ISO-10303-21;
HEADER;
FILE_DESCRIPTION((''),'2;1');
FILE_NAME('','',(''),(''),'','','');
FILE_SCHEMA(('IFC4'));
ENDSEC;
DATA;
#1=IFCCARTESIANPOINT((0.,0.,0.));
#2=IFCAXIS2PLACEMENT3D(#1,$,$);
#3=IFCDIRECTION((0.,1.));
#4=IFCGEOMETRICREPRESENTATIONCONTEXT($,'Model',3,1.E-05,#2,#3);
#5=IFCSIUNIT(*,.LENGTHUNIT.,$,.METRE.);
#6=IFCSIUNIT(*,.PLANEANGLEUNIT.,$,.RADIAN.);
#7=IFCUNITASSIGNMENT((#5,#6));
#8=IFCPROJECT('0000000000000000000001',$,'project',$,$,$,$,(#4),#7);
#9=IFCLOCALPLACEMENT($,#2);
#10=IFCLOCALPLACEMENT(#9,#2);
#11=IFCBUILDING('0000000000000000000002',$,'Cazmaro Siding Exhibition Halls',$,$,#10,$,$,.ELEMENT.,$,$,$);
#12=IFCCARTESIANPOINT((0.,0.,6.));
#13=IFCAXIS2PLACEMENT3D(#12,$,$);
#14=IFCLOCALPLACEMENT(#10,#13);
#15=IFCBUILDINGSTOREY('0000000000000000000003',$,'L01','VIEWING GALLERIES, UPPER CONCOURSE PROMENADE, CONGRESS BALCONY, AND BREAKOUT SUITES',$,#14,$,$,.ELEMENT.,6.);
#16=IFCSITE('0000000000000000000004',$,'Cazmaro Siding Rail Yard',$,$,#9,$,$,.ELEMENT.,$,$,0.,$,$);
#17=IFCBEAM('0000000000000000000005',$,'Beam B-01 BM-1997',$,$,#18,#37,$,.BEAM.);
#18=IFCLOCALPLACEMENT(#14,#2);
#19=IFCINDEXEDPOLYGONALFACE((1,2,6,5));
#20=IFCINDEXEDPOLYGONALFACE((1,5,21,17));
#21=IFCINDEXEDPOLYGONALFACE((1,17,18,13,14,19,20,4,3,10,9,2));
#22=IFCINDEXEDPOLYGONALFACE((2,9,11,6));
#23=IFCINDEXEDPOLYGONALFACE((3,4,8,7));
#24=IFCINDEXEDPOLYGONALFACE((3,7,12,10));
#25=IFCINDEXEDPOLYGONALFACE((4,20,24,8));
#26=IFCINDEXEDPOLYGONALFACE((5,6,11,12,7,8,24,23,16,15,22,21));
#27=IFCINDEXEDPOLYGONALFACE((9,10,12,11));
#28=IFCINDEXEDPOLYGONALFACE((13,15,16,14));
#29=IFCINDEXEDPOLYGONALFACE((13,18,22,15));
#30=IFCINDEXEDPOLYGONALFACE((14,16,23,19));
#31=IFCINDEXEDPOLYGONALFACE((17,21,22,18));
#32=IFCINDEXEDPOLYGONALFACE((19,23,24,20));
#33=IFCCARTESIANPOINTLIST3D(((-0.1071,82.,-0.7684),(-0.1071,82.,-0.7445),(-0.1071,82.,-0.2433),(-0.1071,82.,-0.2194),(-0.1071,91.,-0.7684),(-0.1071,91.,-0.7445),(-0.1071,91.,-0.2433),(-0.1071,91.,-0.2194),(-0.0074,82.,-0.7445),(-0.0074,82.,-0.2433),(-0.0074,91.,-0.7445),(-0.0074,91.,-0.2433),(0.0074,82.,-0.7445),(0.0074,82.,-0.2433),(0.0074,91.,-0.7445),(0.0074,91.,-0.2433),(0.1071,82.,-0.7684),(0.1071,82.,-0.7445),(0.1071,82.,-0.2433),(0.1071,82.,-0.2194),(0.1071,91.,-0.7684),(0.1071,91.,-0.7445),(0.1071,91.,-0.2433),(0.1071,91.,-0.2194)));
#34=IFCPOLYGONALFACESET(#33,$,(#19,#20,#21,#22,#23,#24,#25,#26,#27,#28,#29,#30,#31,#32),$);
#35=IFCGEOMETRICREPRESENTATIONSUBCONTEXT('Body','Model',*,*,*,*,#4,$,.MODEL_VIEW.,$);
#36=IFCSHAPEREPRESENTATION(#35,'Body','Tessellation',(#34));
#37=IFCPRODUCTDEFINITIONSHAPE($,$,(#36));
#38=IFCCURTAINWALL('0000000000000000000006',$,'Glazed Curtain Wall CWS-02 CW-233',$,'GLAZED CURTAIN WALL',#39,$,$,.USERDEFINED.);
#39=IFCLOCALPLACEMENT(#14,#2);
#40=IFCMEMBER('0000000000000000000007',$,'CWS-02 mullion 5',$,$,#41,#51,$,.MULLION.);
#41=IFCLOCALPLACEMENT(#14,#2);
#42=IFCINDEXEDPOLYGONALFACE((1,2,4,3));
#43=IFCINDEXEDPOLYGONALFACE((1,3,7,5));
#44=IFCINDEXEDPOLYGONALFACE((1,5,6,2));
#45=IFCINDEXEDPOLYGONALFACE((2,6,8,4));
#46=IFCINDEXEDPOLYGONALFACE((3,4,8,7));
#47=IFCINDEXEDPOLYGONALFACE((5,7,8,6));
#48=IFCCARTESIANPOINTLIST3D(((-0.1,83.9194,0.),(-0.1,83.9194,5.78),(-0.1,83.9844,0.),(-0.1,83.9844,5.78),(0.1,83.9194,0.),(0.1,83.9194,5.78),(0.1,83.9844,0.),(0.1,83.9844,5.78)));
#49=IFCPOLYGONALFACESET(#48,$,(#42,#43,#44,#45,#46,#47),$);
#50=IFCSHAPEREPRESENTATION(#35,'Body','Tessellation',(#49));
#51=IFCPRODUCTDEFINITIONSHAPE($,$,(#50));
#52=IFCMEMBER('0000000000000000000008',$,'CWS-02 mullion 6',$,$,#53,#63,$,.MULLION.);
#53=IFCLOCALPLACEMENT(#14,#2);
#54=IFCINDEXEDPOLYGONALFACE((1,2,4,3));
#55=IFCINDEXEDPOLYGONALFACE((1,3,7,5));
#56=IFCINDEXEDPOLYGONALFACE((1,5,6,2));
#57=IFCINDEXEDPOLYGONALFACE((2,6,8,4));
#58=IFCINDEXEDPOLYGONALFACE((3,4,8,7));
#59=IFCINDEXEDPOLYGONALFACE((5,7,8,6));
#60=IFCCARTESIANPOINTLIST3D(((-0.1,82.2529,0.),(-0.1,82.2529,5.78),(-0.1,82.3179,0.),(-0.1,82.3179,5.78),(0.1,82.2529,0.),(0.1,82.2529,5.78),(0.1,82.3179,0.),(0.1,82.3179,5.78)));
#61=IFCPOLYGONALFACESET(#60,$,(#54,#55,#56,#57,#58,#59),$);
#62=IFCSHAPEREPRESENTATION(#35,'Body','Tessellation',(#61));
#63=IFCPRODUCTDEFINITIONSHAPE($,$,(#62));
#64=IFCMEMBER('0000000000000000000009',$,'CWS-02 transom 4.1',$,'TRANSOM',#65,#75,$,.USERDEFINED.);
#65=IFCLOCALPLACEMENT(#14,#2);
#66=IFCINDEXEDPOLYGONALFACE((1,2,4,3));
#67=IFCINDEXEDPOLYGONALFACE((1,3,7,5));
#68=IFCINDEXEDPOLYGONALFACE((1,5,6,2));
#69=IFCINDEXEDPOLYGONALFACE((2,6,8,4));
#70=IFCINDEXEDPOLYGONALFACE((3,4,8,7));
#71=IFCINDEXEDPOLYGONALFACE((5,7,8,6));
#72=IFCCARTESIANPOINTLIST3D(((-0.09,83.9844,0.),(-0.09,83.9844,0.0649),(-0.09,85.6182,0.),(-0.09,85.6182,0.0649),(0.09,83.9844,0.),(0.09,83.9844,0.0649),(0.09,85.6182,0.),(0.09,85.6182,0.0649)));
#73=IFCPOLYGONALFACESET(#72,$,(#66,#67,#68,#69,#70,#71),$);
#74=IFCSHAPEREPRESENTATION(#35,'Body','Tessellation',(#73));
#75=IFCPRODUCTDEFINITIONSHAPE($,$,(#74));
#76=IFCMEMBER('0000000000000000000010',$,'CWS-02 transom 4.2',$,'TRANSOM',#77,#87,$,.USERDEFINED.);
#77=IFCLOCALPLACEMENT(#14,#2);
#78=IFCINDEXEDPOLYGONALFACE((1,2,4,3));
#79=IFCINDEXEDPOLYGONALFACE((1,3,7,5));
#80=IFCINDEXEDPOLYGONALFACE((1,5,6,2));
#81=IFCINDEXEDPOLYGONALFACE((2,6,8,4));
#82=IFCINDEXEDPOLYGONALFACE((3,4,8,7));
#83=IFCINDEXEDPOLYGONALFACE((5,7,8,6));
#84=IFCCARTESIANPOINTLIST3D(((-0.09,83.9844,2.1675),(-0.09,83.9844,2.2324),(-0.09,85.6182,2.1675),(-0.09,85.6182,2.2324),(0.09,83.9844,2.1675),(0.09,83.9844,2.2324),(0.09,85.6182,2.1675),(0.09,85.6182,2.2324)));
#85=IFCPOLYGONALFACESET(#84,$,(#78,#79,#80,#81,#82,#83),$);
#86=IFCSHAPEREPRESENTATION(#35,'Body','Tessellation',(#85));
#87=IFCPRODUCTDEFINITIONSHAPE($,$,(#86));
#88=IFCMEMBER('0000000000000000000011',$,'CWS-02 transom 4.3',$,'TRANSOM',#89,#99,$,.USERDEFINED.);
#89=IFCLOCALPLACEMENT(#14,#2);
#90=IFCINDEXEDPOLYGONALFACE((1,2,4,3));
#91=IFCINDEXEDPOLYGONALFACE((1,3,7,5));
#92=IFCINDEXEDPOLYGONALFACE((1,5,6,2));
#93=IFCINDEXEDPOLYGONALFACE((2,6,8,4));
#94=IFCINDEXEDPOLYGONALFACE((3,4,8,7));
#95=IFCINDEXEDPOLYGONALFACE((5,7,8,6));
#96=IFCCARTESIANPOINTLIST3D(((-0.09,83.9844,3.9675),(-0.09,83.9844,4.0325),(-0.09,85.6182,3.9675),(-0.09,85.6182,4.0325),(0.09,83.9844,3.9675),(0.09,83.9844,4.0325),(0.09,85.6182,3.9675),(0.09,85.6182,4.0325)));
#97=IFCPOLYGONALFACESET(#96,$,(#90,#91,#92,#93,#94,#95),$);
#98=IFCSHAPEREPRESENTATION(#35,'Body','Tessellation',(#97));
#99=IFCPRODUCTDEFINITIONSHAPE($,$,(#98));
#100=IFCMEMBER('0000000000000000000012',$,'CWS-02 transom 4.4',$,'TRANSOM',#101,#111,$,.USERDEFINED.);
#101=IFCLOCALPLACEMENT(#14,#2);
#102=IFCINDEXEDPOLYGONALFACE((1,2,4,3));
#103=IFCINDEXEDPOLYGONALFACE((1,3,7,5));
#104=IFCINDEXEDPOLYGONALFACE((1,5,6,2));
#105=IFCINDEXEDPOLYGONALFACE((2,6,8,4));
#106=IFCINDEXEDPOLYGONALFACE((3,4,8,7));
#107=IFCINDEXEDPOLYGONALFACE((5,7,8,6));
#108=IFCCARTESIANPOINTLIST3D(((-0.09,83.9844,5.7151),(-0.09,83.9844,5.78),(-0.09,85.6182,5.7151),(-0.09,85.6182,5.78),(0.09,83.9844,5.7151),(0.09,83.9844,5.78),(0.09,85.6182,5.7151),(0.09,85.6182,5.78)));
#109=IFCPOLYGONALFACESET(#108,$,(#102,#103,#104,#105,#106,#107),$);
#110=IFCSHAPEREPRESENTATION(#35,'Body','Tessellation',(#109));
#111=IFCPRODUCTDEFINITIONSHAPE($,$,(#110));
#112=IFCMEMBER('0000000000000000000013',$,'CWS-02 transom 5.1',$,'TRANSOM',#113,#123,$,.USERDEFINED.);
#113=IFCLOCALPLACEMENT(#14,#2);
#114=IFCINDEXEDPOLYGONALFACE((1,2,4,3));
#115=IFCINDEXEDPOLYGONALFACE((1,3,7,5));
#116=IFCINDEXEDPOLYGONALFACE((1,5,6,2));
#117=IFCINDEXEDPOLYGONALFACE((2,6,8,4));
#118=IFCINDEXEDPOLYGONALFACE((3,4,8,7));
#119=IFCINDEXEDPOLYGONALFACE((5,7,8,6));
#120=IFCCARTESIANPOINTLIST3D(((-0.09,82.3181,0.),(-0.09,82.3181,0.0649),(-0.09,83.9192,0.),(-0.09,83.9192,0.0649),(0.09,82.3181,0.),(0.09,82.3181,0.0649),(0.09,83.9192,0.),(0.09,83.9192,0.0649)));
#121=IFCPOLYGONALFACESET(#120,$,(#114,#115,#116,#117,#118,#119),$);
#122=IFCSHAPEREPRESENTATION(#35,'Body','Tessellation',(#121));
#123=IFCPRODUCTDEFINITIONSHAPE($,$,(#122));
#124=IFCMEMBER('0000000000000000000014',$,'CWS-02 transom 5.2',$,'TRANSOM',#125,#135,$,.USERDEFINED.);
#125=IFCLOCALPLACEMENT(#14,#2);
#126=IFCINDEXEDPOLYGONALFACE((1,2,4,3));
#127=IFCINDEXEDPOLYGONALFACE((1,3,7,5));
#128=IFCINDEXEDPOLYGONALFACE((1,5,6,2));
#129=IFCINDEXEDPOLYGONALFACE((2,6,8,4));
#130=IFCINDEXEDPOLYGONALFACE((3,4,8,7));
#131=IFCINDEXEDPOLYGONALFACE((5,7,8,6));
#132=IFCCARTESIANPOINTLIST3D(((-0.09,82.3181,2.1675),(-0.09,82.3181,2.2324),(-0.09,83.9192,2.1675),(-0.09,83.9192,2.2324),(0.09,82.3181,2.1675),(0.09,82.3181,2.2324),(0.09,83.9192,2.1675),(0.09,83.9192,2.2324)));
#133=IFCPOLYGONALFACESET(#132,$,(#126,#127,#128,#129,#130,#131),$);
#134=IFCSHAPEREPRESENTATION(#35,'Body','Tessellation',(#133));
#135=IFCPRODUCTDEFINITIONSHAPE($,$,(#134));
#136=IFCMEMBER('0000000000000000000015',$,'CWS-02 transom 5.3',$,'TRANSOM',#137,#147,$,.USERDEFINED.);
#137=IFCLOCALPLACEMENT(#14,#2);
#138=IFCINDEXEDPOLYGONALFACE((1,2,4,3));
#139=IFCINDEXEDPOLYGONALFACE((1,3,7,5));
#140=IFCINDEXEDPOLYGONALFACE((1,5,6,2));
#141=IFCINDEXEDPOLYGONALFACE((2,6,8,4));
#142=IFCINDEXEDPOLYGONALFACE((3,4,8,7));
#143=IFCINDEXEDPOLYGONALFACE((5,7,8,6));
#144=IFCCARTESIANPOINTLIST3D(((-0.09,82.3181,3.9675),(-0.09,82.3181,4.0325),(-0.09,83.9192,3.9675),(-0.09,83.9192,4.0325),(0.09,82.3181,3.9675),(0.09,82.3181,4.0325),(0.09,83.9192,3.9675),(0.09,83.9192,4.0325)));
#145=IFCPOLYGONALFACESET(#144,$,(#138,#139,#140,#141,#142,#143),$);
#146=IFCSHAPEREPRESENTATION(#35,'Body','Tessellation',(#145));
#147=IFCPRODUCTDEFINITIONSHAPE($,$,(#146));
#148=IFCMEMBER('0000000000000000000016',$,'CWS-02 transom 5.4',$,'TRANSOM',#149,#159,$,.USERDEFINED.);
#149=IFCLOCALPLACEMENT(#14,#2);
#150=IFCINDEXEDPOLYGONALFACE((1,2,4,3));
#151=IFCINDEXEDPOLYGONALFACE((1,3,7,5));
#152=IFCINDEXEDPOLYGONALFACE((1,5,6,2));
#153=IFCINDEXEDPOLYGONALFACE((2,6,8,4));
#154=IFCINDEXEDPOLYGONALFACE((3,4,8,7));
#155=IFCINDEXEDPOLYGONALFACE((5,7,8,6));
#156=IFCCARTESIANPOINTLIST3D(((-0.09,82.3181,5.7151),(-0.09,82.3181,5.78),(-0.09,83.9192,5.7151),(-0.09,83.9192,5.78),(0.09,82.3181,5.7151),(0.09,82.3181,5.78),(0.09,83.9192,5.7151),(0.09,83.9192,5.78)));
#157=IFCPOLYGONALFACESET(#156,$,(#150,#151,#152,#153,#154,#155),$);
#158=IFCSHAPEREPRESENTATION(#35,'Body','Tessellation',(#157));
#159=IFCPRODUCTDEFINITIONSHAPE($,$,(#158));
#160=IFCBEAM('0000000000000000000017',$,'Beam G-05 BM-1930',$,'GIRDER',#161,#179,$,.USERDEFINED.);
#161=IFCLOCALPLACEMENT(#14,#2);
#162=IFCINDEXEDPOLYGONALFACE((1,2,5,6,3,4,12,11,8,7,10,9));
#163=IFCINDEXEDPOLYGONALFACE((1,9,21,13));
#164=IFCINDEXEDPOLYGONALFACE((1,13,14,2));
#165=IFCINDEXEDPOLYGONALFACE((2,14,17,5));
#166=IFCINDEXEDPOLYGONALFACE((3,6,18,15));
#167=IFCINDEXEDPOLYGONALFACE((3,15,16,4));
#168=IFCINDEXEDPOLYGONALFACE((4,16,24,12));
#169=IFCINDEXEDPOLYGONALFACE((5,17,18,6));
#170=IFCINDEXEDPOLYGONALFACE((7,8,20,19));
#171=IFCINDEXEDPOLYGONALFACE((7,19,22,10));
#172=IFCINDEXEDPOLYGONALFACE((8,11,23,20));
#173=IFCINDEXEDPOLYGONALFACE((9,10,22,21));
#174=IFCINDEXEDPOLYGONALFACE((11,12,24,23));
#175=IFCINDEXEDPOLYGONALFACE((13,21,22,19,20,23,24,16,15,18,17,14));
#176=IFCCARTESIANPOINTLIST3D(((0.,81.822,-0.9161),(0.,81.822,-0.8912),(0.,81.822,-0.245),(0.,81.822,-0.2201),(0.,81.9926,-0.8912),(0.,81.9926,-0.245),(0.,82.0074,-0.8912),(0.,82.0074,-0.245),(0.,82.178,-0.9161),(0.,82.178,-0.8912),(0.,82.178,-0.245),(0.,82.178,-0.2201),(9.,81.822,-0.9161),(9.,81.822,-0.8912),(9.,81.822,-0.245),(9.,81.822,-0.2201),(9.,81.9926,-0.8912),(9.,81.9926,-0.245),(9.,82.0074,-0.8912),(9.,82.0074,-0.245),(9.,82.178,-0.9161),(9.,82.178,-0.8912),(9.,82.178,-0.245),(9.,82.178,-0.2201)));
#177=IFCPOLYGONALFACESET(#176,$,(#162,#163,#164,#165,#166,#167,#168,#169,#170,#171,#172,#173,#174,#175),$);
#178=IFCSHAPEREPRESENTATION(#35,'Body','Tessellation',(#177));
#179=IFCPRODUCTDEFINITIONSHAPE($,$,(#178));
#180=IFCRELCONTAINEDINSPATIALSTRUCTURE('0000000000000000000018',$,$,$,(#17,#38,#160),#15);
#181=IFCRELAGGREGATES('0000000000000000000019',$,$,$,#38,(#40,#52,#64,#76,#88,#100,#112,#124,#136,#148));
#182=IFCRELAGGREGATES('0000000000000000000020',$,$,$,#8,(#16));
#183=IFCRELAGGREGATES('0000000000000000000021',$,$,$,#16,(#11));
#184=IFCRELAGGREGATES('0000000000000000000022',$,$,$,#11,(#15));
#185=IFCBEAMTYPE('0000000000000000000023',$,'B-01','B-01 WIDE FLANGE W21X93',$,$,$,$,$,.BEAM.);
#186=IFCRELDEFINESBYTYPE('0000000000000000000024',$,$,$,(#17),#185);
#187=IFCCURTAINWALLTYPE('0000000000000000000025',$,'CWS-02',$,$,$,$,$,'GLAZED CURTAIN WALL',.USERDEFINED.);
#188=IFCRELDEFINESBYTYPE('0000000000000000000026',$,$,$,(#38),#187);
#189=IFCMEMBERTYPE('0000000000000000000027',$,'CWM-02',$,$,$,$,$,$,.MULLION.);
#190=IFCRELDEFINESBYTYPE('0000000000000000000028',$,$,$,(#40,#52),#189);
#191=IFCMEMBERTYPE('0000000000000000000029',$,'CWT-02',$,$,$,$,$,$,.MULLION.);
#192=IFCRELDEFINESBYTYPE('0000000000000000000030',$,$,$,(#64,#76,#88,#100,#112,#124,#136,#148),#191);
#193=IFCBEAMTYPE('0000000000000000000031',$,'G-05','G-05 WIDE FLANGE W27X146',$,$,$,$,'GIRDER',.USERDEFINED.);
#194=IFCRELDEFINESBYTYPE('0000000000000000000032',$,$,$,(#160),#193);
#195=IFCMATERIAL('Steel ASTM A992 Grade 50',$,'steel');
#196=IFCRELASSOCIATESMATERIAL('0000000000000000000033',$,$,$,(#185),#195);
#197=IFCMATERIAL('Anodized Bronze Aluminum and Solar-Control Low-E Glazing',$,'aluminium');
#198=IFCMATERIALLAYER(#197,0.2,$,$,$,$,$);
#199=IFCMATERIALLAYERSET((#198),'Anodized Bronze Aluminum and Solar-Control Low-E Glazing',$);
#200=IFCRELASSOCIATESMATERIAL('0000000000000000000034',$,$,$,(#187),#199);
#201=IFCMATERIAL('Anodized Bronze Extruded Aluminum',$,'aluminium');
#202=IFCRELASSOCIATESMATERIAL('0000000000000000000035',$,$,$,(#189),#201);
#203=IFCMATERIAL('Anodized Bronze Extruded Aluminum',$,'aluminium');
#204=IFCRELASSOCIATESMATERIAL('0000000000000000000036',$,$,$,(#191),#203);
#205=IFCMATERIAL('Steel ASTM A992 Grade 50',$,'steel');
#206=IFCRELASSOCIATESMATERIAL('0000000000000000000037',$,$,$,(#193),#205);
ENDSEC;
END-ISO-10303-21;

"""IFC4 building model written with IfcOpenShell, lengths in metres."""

from ifc_helpers import new_model, si_unit, direction, frame, origin, origin_2d, place, context, subcontext, project, spatial, rectangle, i_section, extrude, material, layer, layer_set, material_profile, profile_set, type_object, element, aggregate, save


model = new_model("IFC4")

# Units and contexts
model_context = context("Model", 3, precision=1e-05, world=origin(), true_north=direction((0.0, 1.0)))
body_context = subcontext(model_context, "Body", "Model", "MODEL_VIEW")
ifc_project = project(units=[si_unit("LENGTHUNIT", "METRE"), si_unit("PLANEANGLEUNIT", "RADIAN")], contexts=[model_context])

# Site, building, storey
site_placement = place(None, origin())
site = spatial("IfcSite", under=ifc_project, at=site_placement, Name="Cazmaro Siding Rail Yard", CompositionType="ELEMENT", RefElevation=0.0)
building_placement = place(site_placement, origin())
building = spatial("IfcBuilding", under=site, at=building_placement, Name="Cazmaro Siding Exhibition Halls", CompositionType="ELEMENT")
storey_placement = place(building_placement, frame((0.0, 0.0, 6.0)))
storey = spatial("IfcBuildingStorey", under=building, at=storey_placement, Name="L01", Description="VIEWING GALLERIES, UPPER CONCOURSE PROMENADE, CONGRESS BALCONY, AND BREAKOUT SUITES", CompositionType="ELEMENT", Elevation=6.0)

# Beam
ifc_material_1 = material(Name="Steel ASTM A992 Grade 50", Category="steel")
ifc_material_profile_1 = material_profile(ifc_material_1, i_section(OverallWidth=0.2141, OverallDepth=0.5491, WebThickness=0.0149, FlangeThickness=0.0239, at=origin_2d()), Name="W21X93")
ifc_profile_set_1 = profile_set([ifc_material_profile_1], Name="Steel ASTM A992 Grade 50")
beam_type_1 = type_object("IfcBeamType", Name="B-01", Description="B-01 WIDE FLANGE W21X93", PredefinedType="BEAM", material=ifc_profile_set_1)
beam_1_placement = place(storey_placement, frame((0.0, 82.0, -0.4939), z_axis=(0.0, 1.0, 0.0), x_axis=(-1.0, 0.0, 0.0)))
element("IfcBeam", 1, at=beam_1_placement, inside=storey, type_object=beam_type_1, Name="Beam B-01 BM-1997", PredefinedType="BEAM", context=body_context, shape_type="SweptSolid", body=[
    extrude(i_section(OverallWidth=0.2141, OverallDepth=0.5491, WebThickness=0.0149, FlangeThickness=0.0239, at=origin_2d()), origin(), (0.0, 0.0, 1.0), 9.0),
])

# Curtain wall, members
ifc_material_2 = material(Name="Anodized Bronze Aluminum and Solar-Control Low-E Glazing", Category="aluminium")
ifc_layer_1 = layer(ifc_material_2, 0.2)
ifc_layer_set_1 = layer_set([ifc_layer_1], Name="Anodized Bronze Aluminum and Solar-Control Low-E Glazing")
curtain_wall_type = type_object("IfcCurtainWallType", Name="CWS-02", ElementType="GLAZED CURTAIN WALL", PredefinedType="USERDEFINED", material=ifc_layer_set_1)
curtain_wall_placement = place(storey_placement, origin())
curtain_wall = element("IfcCurtainWall", 2, at=curtain_wall_placement, inside=storey, type_object=curtain_wall_type, Name="Glazed Curtain Wall CWS-02 CW-233", ObjectType="GLAZED CURTAIN WALL", PredefinedType="USERDEFINED")
ifc_material_3 = material(Name="Anodized Bronze Extruded Aluminum", Category="aluminium")
ifc_material_profile_2 = material_profile(ifc_material_3, rectangle(XDim=0.2, YDim=0.0649, at=origin_2d()), Name="CWM-02")
ifc_profile_set_2 = profile_set([ifc_material_profile_2], Name="Anodized Bronze Extruded Aluminum")
member_type_1 = type_object("IfcMemberType", Name="CWM-02", PredefinedType="MULLION", material=ifc_profile_set_2)
member_1_placement = place(storey_placement, frame((0.0, 83.9519, 0.0), z_axis=(0.0, 0.0, 1.0), x_axis=(1.0, 0.0, 0.0)))
member_1 = element("IfcMember", 3, at=member_1_placement, type_object=member_type_1, Name="CWS-02 mullion 5", PredefinedType="MULLION", context=body_context, shape_type="SweptSolid", body=[
    extrude(rectangle(XDim=0.2, YDim=0.0649, at=origin_2d()), origin(), (0.0, 0.0, 1.0), 5.78),
])
member_2_placement = place(storey_placement, frame((0.0, 82.2854, 0.0), z_axis=(0.0, 0.0, 1.0), x_axis=(1.0, 0.0, 0.0)))
member_2 = element("IfcMember", 4, at=member_2_placement, type_object=member_type_1, Name="CWS-02 mullion 6", PredefinedType="MULLION", context=body_context, shape_type="SweptSolid", body=[
    extrude(rectangle(XDim=0.2, YDim=0.0649, at=origin_2d()), origin(), (0.0, 0.0, 1.0), 5.78),
])
ifc_material_4 = material(Name="Anodized Bronze Extruded Aluminum", Category="aluminium")
ifc_material_profile_3 = material_profile(ifc_material_4, rectangle(XDim=0.1799, YDim=0.0649, at=origin_2d()), Name="CWT-02")
ifc_profile_set_3 = profile_set([ifc_material_profile_3], Name="Anodized Bronze Extruded Aluminum")
member_type_2 = type_object("IfcMemberType", Name="CWT-02", PredefinedType="MULLION", material=ifc_profile_set_3)
member_3_placement = place(storey_placement, frame((0.0, 85.6182, 0.0325), z_axis=(0.0, -1.0, 0.0), x_axis=(1.0, 0.0, 0.0)))
member_3 = element("IfcMember", 5, at=member_3_placement, type_object=member_type_2, Name="CWS-02 transom 4.1", ObjectType="TRANSOM", PredefinedType="USERDEFINED", context=body_context, shape_type="SweptSolid", body=[
    extrude(rectangle(XDim=0.1799, YDim=0.0649, at=origin_2d()), origin(), (0.0, 0.0, 1.0), 1.6338),
])
member_4_placement = place(storey_placement, frame((0.0, 85.6182, 2.2), z_axis=(0.0, -1.0, 0.0), x_axis=(1.0, 0.0, 0.0)))
member_4 = element("IfcMember", 6, at=member_4_placement, type_object=member_type_2, Name="CWS-02 transom 4.2", ObjectType="TRANSOM", PredefinedType="USERDEFINED", context=body_context, shape_type="SweptSolid", body=[
    extrude(rectangle(XDim=0.1799, YDim=0.0649, at=origin_2d()), origin(), (0.0, 0.0, 1.0), 1.6338),
])
member_5_placement = place(storey_placement, frame((0.0, 85.6182, 4.0), z_axis=(0.0, -1.0, 0.0), x_axis=(1.0, 0.0, 0.0)))
member_5 = element("IfcMember", 7, at=member_5_placement, type_object=member_type_2, Name="CWS-02 transom 4.3", ObjectType="TRANSOM", PredefinedType="USERDEFINED", context=body_context, shape_type="SweptSolid", body=[
    extrude(rectangle(XDim=0.1799, YDim=0.0649, at=origin_2d()), origin(), (0.0, 0.0, 1.0), 1.6338),
])
member_6_placement = place(storey_placement, frame((0.0, 85.6182, 5.7476), z_axis=(0.0, -1.0, 0.0), x_axis=(1.0, 0.0, 0.0)))
member_6 = element("IfcMember", 8, at=member_6_placement, type_object=member_type_2, Name="CWS-02 transom 4.4", ObjectType="TRANSOM", PredefinedType="USERDEFINED", context=body_context, shape_type="SweptSolid", body=[
    extrude(rectangle(XDim=0.1799, YDim=0.0649, at=origin_2d()), origin(), (0.0, 0.0, 1.0), 1.6338),
])
member_7_placement = place(storey_placement, frame((0.0, 83.9192, 0.0325), z_axis=(0.0, -1.0, 0.0), x_axis=(1.0, 0.0, 0.0)))
member_7 = element("IfcMember", 9, at=member_7_placement, type_object=member_type_2, Name="CWS-02 transom 5.1", ObjectType="TRANSOM", PredefinedType="USERDEFINED", context=body_context, shape_type="SweptSolid", body=[
    extrude(rectangle(XDim=0.1799, YDim=0.0649, at=origin_2d()), origin(), (0.0, 0.0, 1.0), 1.6011),
])
member_8_placement = place(storey_placement, frame((0.0, 83.9192, 2.2), z_axis=(0.0, -1.0, 0.0), x_axis=(1.0, 0.0, 0.0)))
member_8 = element("IfcMember", 10, at=member_8_placement, type_object=member_type_2, Name="CWS-02 transom 5.2", ObjectType="TRANSOM", PredefinedType="USERDEFINED", context=body_context, shape_type="SweptSolid", body=[
    extrude(rectangle(XDim=0.1799, YDim=0.0649, at=origin_2d()), origin(), (0.0, 0.0, 1.0), 1.6011),
])
member_9_placement = place(storey_placement, frame((0.0, 83.9192, 4.0), z_axis=(0.0, -1.0, 0.0), x_axis=(1.0, 0.0, 0.0)))
member_9 = element("IfcMember", 11, at=member_9_placement, type_object=member_type_2, Name="CWS-02 transom 5.3", ObjectType="TRANSOM", PredefinedType="USERDEFINED", context=body_context, shape_type="SweptSolid", body=[
    extrude(rectangle(XDim=0.1799, YDim=0.0649, at=origin_2d()), origin(), (0.0, 0.0, 1.0), 1.6011),
])
member_10_placement = place(storey_placement, frame((0.0, 83.9192, 5.7476), z_axis=(0.0, -1.0, 0.0), x_axis=(1.0, 0.0, 0.0)))
member_10 = element("IfcMember", 12, at=member_10_placement, type_object=member_type_2, Name="CWS-02 transom 5.4", ObjectType="TRANSOM", PredefinedType="USERDEFINED", context=body_context, shape_type="SweptSolid", body=[
    extrude(rectangle(XDim=0.1799, YDim=0.0649, at=origin_2d()), origin(), (0.0, 0.0, 1.0), 1.6011),
])

# Beam
ifc_material_5 = material(Name="Steel ASTM A992 Grade 50", Category="steel")
ifc_material_profile_4 = material_profile(ifc_material_5, i_section(OverallWidth=0.356, OverallDepth=0.696, WebThickness=0.0149, FlangeThickness=0.0249, at=origin_2d()), Name="W27X146")
ifc_profile_set_4 = profile_set([ifc_material_profile_4], Name="Steel ASTM A992 Grade 50")
beam_type_2 = type_object("IfcBeamType", Name="G-05", Description="G-05 WIDE FLANGE W27X146", ElementType="GIRDER", PredefinedType="USERDEFINED", material=ifc_profile_set_4)
beam_2_placement = place(storey_placement, frame((0.0, 82.0, -0.5681), z_axis=(1.0, 0.0, 0.0), x_axis=(0.0, 1.0, 0.0)))
element("IfcBeam", 13, at=beam_2_placement, inside=storey, type_object=beam_type_2, Name="Beam G-05 BM-1930", ObjectType="GIRDER", PredefinedType="USERDEFINED", context=body_context, shape_type="SweptSolid", body=[
    extrude(i_section(OverallWidth=0.356, OverallDepth=0.696, WebThickness=0.0149, FlangeThickness=0.0249, at=origin_2d()), origin(), (0.0, 0.0, 1.0), 9.0),
])

aggregate(curtain_wall, [member_1, member_2, member_3, member_4, member_5, member_6, member_7, member_8, member_9, member_10])

save(model, "model.ifc")
